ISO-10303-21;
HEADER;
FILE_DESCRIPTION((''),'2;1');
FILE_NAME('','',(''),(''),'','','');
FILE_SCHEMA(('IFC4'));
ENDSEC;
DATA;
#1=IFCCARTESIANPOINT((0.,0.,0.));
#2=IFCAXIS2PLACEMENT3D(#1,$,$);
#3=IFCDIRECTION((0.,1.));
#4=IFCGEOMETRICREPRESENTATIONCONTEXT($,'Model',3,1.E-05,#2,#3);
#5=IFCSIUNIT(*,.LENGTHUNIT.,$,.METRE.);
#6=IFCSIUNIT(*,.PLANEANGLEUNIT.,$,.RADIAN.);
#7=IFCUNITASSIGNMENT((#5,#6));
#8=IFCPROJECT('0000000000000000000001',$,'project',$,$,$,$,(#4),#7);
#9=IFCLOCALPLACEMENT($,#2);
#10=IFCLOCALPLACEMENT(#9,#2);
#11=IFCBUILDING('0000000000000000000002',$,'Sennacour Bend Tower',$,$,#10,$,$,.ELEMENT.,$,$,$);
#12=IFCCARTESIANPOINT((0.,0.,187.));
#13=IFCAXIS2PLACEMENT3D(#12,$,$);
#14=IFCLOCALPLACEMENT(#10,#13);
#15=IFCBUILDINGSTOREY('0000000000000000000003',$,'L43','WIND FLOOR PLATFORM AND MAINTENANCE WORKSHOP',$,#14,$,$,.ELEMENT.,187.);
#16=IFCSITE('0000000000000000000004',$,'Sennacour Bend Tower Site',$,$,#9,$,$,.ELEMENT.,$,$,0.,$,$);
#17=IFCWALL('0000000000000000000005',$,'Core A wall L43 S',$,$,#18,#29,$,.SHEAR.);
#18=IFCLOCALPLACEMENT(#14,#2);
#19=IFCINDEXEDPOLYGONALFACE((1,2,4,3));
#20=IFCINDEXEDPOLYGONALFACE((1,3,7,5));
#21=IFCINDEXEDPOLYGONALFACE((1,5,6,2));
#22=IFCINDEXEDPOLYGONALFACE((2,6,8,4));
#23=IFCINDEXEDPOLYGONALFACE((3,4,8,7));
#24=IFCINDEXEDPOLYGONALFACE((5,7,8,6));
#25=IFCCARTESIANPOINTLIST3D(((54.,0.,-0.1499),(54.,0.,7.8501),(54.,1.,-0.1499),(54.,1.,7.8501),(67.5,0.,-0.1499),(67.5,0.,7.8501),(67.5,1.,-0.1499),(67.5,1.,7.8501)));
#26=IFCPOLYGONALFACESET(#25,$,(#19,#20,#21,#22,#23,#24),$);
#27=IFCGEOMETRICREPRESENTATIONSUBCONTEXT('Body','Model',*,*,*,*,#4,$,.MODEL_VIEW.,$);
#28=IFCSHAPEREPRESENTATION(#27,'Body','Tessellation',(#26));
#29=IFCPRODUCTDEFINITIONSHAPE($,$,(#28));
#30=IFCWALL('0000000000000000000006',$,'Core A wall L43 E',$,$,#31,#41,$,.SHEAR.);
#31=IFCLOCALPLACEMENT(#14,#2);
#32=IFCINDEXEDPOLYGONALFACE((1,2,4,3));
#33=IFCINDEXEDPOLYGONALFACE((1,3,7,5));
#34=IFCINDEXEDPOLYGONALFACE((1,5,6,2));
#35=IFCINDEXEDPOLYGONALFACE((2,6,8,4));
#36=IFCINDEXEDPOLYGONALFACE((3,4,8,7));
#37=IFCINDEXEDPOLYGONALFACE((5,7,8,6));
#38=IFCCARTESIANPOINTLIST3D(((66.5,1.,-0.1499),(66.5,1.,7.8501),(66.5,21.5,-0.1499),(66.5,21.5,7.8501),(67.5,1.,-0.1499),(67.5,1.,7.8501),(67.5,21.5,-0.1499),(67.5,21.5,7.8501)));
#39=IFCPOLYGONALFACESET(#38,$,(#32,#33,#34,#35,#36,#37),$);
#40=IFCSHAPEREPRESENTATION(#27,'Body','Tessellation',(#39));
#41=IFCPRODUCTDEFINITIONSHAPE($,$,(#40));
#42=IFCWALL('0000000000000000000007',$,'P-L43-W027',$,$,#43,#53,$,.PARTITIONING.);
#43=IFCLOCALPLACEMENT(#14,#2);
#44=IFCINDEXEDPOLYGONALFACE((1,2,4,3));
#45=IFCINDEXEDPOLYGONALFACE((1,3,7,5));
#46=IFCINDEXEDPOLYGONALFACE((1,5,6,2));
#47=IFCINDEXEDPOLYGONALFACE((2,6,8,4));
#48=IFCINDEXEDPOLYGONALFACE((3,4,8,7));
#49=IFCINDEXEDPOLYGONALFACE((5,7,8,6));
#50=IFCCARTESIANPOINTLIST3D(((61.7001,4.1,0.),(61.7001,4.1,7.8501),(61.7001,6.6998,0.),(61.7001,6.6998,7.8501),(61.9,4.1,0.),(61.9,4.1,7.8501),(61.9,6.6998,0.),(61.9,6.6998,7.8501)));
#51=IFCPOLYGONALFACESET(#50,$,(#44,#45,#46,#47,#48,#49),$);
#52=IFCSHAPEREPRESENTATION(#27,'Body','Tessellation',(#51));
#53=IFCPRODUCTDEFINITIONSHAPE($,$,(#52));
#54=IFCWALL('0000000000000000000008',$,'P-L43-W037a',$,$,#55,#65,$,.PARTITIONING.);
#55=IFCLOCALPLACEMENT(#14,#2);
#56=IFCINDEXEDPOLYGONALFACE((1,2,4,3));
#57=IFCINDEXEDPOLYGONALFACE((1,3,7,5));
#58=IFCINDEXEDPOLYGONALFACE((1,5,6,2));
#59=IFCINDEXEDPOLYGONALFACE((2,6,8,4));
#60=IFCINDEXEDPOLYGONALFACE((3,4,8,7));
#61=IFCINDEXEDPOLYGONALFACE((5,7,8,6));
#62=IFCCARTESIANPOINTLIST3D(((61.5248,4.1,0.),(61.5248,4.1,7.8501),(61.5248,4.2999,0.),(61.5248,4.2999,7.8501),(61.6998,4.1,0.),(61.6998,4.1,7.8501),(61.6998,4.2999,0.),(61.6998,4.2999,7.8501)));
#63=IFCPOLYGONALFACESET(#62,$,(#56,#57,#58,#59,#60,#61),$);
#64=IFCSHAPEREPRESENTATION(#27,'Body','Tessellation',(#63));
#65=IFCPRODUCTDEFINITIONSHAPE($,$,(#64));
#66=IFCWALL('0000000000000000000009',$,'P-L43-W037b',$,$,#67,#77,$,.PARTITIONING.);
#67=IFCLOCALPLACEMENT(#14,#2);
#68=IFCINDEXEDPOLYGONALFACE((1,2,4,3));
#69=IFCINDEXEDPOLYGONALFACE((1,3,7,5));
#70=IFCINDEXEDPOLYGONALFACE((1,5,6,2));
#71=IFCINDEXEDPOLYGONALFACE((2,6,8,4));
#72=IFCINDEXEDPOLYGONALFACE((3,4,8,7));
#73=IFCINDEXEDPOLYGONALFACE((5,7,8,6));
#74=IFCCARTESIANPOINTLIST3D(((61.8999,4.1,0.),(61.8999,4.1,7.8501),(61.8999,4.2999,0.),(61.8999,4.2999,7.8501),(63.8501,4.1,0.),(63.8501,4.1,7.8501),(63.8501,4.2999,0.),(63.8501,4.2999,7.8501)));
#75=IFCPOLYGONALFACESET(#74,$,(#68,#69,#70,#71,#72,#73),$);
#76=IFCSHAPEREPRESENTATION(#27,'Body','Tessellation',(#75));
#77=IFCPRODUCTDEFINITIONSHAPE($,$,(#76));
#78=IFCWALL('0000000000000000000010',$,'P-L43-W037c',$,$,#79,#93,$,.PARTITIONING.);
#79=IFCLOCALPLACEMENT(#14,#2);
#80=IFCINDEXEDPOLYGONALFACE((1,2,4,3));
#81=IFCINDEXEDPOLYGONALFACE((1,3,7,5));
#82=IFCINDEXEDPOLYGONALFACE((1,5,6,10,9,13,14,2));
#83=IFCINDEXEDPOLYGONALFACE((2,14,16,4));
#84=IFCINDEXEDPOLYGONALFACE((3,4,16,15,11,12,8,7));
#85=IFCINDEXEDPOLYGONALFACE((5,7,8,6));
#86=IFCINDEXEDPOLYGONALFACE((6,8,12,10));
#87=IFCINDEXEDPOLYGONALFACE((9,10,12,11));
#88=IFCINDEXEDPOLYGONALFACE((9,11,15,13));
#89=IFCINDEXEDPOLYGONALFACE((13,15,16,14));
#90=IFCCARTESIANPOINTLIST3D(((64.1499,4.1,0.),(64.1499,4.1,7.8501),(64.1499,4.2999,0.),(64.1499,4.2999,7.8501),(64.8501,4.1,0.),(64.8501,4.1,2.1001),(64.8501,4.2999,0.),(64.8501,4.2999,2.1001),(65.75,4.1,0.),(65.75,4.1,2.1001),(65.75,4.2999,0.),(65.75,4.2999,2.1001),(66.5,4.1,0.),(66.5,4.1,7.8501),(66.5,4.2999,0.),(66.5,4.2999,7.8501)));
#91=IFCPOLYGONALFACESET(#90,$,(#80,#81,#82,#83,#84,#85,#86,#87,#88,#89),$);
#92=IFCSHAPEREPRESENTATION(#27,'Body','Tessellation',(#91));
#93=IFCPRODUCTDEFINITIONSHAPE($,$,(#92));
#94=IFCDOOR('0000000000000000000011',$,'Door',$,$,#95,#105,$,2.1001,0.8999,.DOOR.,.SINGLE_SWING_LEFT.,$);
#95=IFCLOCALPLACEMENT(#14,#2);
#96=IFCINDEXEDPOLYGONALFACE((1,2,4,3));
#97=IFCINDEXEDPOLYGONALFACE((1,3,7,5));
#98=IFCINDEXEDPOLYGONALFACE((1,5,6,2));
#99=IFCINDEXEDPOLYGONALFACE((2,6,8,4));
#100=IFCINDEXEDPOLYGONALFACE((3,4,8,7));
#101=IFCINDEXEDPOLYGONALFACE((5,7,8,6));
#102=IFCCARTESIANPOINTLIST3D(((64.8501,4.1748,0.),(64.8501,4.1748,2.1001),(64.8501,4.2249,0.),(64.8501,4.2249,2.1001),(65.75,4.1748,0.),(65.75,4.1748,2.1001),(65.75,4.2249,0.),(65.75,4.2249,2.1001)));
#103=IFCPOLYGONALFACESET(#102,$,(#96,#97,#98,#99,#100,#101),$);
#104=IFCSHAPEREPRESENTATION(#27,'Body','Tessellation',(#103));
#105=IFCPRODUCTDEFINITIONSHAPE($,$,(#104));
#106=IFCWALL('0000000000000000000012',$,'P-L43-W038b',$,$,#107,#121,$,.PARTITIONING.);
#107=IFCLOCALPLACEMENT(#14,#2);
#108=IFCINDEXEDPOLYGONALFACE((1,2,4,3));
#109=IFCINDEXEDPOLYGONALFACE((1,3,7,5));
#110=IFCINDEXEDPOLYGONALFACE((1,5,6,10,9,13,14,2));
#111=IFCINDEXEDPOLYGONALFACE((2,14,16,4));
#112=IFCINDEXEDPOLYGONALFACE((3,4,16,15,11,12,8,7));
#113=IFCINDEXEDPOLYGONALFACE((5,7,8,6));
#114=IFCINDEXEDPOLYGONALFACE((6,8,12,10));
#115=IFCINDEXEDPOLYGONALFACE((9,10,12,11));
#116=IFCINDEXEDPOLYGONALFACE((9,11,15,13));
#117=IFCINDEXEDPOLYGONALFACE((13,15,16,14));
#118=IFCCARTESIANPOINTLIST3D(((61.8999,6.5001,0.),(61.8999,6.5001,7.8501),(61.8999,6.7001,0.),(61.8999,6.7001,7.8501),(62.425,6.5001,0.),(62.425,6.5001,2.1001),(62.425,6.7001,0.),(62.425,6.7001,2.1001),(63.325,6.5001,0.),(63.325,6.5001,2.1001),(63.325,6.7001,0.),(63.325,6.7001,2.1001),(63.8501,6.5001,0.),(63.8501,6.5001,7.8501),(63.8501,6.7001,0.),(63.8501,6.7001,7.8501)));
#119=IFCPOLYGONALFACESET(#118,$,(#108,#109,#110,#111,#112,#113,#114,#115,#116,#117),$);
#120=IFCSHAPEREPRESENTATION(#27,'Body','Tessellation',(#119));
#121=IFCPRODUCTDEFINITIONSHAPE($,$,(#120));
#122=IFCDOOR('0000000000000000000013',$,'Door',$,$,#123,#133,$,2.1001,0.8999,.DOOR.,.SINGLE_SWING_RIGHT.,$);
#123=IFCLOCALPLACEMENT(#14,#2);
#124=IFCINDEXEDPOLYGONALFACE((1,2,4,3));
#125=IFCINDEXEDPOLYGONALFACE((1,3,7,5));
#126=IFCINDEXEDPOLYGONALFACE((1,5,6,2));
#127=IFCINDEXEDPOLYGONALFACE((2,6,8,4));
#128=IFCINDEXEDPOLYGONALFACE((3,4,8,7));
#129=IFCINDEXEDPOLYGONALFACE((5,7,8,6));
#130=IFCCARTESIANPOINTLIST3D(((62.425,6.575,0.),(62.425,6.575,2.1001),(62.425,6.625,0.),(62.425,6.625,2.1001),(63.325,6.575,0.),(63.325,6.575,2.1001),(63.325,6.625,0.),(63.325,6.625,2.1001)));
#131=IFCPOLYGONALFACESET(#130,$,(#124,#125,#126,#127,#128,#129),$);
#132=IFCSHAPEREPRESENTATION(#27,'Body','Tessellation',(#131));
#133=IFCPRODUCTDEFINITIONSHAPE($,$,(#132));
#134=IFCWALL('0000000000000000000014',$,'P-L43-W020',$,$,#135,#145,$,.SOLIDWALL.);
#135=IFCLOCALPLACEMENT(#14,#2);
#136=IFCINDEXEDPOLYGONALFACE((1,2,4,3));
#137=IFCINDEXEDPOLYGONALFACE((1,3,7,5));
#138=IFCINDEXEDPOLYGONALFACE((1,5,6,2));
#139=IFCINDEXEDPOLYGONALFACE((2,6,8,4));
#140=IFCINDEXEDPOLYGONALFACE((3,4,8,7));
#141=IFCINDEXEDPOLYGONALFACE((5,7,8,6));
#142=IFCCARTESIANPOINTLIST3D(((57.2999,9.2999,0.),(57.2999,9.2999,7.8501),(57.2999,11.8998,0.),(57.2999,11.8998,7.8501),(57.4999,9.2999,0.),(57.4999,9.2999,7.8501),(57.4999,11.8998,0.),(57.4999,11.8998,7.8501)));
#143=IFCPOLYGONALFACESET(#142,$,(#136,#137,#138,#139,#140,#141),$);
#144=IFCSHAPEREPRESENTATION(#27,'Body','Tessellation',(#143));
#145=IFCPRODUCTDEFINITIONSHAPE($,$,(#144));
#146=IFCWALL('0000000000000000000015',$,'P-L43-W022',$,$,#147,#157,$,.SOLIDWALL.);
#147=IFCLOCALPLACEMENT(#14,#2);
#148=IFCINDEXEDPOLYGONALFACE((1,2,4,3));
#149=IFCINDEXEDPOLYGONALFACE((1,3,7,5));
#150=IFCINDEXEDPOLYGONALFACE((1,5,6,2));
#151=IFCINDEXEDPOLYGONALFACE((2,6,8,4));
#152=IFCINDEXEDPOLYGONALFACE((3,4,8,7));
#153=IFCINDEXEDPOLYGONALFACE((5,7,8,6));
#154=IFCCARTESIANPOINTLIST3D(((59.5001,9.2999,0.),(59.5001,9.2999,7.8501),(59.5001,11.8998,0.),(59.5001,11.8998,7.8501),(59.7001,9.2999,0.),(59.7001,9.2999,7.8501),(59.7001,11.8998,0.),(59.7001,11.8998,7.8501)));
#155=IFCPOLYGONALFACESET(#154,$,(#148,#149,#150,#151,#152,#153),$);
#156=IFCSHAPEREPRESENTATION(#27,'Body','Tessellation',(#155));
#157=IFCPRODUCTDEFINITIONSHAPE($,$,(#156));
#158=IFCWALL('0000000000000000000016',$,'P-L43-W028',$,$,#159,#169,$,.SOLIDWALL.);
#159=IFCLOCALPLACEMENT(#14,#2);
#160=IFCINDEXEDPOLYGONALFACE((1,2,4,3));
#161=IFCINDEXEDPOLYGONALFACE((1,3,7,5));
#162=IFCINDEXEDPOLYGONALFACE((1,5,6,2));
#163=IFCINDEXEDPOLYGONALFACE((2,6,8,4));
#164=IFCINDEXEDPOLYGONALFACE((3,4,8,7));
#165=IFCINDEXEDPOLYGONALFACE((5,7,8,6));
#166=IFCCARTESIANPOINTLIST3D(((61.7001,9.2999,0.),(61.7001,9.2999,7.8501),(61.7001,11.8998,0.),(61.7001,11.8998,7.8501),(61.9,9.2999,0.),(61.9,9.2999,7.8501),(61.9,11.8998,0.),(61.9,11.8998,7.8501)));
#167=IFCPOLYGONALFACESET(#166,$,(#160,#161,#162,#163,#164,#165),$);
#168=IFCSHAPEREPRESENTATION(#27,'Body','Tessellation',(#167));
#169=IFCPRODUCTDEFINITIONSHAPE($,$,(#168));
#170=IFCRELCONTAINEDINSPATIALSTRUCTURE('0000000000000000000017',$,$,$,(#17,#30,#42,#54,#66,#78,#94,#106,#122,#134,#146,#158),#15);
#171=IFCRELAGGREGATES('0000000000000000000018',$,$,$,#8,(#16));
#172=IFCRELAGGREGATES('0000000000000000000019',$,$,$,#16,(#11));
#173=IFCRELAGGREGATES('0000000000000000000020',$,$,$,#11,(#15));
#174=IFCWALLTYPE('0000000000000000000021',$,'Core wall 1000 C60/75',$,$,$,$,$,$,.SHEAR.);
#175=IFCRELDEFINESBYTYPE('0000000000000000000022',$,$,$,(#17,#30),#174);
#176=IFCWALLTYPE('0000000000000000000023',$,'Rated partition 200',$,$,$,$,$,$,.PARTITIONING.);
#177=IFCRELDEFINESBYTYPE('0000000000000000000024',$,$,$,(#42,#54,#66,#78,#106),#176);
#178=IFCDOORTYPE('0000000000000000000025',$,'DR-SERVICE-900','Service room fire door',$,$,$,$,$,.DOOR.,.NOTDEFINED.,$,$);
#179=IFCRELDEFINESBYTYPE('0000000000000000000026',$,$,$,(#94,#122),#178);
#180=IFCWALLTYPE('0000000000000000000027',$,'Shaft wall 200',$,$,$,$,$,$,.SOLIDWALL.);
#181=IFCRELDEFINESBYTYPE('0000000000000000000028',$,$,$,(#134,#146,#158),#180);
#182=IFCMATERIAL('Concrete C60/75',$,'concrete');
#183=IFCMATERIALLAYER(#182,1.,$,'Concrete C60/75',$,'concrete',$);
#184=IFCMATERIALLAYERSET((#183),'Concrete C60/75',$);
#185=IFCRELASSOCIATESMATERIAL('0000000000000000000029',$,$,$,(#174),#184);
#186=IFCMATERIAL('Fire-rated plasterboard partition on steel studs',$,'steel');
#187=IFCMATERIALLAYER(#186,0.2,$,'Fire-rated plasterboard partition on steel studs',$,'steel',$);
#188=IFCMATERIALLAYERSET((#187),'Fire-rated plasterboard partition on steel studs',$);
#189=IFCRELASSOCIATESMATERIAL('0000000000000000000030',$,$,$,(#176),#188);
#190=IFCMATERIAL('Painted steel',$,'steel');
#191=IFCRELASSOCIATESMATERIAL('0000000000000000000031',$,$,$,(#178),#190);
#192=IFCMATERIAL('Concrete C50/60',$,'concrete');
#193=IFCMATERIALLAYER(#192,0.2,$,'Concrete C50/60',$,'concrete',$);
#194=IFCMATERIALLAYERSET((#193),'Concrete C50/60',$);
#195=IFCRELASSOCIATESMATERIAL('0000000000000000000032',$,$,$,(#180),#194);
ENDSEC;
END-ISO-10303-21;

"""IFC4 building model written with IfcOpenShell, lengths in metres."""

from ifc_helpers import new_model, si_unit, direction, frame, frame_2d, origin, place, context, subcontext, project, spatial, rectangle, extrude, material, layer, layer_set, type_object, element, fill, save


model = new_model("IFC4")

# Units and contexts
model_context = context("Model", 3, precision=1e-05, world=origin(), true_north=direction((0.0, 1.0)))
body_context = subcontext(model_context, "Body", "Model", "MODEL_VIEW")
ifc_project = project(units=[si_unit("LENGTHUNIT", "METRE"), si_unit("PLANEANGLEUNIT", "RADIAN")], contexts=[model_context])

# Site, building, storey
site_placement = place(None, origin())
site = spatial("IfcSite", under=ifc_project, at=site_placement, Name="Sennacour Bend Tower Site", CompositionType="ELEMENT", RefElevation=0.0)
building_placement = place(site_placement, origin())
building = spatial("IfcBuilding", under=site, at=building_placement, Name="Sennacour Bend Tower", CompositionType="ELEMENT")
storey_placement = place(building_placement, frame((0.0, 0.0, 187.0)))
storey = spatial("IfcBuildingStorey", under=building, at=storey_placement, Name="L43", Description="WIND FLOOR PLATFORM AND MAINTENANCE WORKSHOP", CompositionType="ELEMENT", Elevation=187.0)

# Walls
ifc_material_1 = material(Name="Concrete C60/75", Category="concrete")
ifc_layer_1 = layer(ifc_material_1, 1.0, Name="Concrete C60/75", Category="concrete")
ifc_layer_set_1 = layer_set([ifc_layer_1], Name="Concrete C60/75")
wall_type_1 = type_object("IfcWallType", Name="Core wall 1000 C60/75", PredefinedType="SHEAR", material=ifc_layer_set_1)
wall_1_placement = place(storey_placement, frame((67.5, 0.5, -0.1499), z_axis=(0.0, 0.0, 1.0), x_axis=(-1.0, 0.0, 0.0)))
element("IfcWall", 1, at=wall_1_placement, inside=storey, type_object=wall_type_1, Name="Core A wall L43 S", PredefinedType="SHEAR", context=body_context, shape_type="SweptSolid", body=[
    extrude(rectangle(XDim=13.5, YDim=1.0, at=frame_2d((6.75, 0.0))), origin(), (0.0, 0.0, 1.0), 8.0),
])
wall_2_placement = place(storey_placement, frame((67.0, 1.0, -0.1499), z_axis=(0.0, 0.0, 1.0), x_axis=(0.0, 1.0, 0.0)))
element("IfcWall", 2, at=wall_2_placement, inside=storey, type_object=wall_type_1, Name="Core A wall L43 E", PredefinedType="SHEAR", context=body_context, shape_type="SweptSolid", body=[
    extrude(rectangle(XDim=20.5, YDim=1.0, at=frame_2d((10.25, 0.0))), origin(), (0.0, 0.0, 1.0), 8.0),
])
ifc_material_2 = material(Name="Fire-rated plasterboard partition on steel studs", Category="steel")
ifc_layer_2 = layer(ifc_material_2, 0.2, Name="Fire-rated plasterboard partition on steel studs", Category="steel")
ifc_layer_set_2 = layer_set([ifc_layer_2], Name="Fire-rated plasterboard partition on steel studs")
wall_type_2 = type_object("IfcWallType", Name="Rated partition 200", PredefinedType="PARTITIONING", material=ifc_layer_set_2)
wall_3_placement = place(storey_placement, frame((61.8, 4.1001, 0.0), z_axis=(0.0, 0.0, 1.0), x_axis=(0.0, 1.0, 0.0)))
element("IfcWall", 3, at=wall_3_placement, inside=storey, type_object=wall_type_2, Name="P-L43-W027", PredefinedType="PARTITIONING", context=body_context, shape_type="SweptSolid", body=[
    extrude(rectangle(XDim=2.5999, YDim=0.2, at=frame_2d((1.2998, 0.0))), origin(), (0.0, 0.0, 1.0), 7.8501),
])
wall_4_placement = place(storey_placement, frame((61.5249, 4.2, 0.0), z_axis=(0.0, 0.0, 1.0), x_axis=(1.0, 0.0, 0.0)))
element("IfcWall", 4, at=wall_4_placement, inside=storey, type_object=wall_type_2, Name="P-L43-W037a", PredefinedType="PARTITIONING", context=body_context, shape_type="SweptSolid", body=[
    extrude(rectangle(XDim=0.175, YDim=0.2, at=frame_2d((0.0874, 0.0))), origin(), (0.0, 0.0, 1.0), 7.8501),
])
wall_5_placement = place(storey_placement, frame((61.8999, 4.2, 0.0), z_axis=(0.0, 0.0, 1.0), x_axis=(1.0, 0.0, 0.0)))
element("IfcWall", 5, at=wall_5_placement, inside=storey, type_object=wall_type_2, Name="P-L43-W037b", PredefinedType="PARTITIONING", context=body_context, shape_type="SweptSolid", body=[
    extrude(rectangle(XDim=1.9502, YDim=0.2, at=frame_2d((0.9751, 0.0))), origin(), (0.0, 0.0, 1.0), 7.8501),
])

# Walls, openings, doors
wall_6_placement = place(storey_placement, frame((64.1499, 4.2, 0.0), z_axis=(0.0, 0.0, 1.0), x_axis=(1.0, 0.0, 0.0)))
wall_6 = element("IfcWall", 6, at=wall_6_placement, inside=storey, type_object=wall_type_2, Name="P-L43-W037c", PredefinedType="PARTITIONING", context=body_context, shape_type="SweptSolid", body=[
    extrude(rectangle(XDim=2.3501, YDim=0.2, at=frame_2d((1.175, 0.0))), origin(), (0.0, 0.0, 1.0), 7.8501),
])
opening_1_placement = place(wall_6_placement, frame((0.7002, 0.0, 0.0)))
opening_1 = element("IfcOpeningElement", 7, at=opening_1_placement, cuts=wall_6, PredefinedType="OPENING", context=body_context, shape_type="SweptSolid", body=[
    extrude(rectangle(XDim=0.8999, YDim=2.1001, at=frame_2d((0.45, 1.05))), frame((0.0, 0.1099, 0.0), z_axis=(0.0, -1.0, 0.0), x_axis=(1.0, 0.0, 0.0)), (0.0, 0.0, 1.0), 0.22),
])
ifc_material_3 = material(Name="Painted steel", Category="steel")
door_type_1 = type_object("IfcDoorType", Name="DR-SERVICE-900", Description="Service room fire door", OperationType="NOTDEFINED", PredefinedType="DOOR", material=ifc_material_3)
door_1_placement = place(opening_1_placement, origin())
door_1 = element("IfcDoor", 8, at=door_1_placement, inside=storey, type_object=door_type_1, Name="Door", OperationType="SINGLE_SWING_LEFT", OverallHeight=2.1001, OverallWidth=0.8999, PredefinedType="DOOR", context=body_context, shape_type="SweptSolid", body=[
    extrude(rectangle(XDim=0.8999, YDim=2.1001, at=frame_2d((0.45, 1.05))), frame((0.0, 0.0249, 0.0), z_axis=(0.0, -1.0, 0.0), x_axis=(1.0, 0.0, 0.0)), (0.0, 0.0, 1.0), 0.05),
])
fill(opening_1, door_1)
wall_7_placement = place(storey_placement, frame((61.8999, 6.6001, 0.0), z_axis=(0.0, 0.0, 1.0), x_axis=(1.0, 0.0, 0.0)))
wall_7 = element("IfcWall", 9, at=wall_7_placement, inside=storey, type_object=wall_type_2, Name="P-L43-W038b", PredefinedType="PARTITIONING", context=body_context, shape_type="SweptSolid", body=[
    extrude(rectangle(XDim=1.9502, YDim=0.2, at=frame_2d((0.9751, 0.0))), origin(), (0.0, 0.0, 1.0), 7.8501),
])
opening_2_placement = place(wall_7_placement, frame((0.5251, 0.0, 0.0)))
opening_2 = element("IfcOpeningElement", 10, at=opening_2_placement, cuts=wall_7, PredefinedType="OPENING", context=body_context, shape_type="SweptSolid", body=[
    extrude(rectangle(XDim=0.8999, YDim=2.1001, at=frame_2d((0.45, 1.05))), frame((0.0, 0.1099, 0.0), z_axis=(0.0, -1.0, 0.0), x_axis=(1.0, 0.0, 0.0)), (0.0, 0.0, 1.0), 0.22),
])
door_2_placement = place(opening_2_placement, origin())
door_2 = element("IfcDoor", 11, at=door_2_placement, inside=storey, type_object=door_type_1, Name="Door", OperationType="SINGLE_SWING_RIGHT", OverallHeight=2.1001, OverallWidth=0.8999, PredefinedType="DOOR", context=body_context, shape_type="SweptSolid", body=[
    extrude(rectangle(XDim=0.8999, YDim=2.1001, at=frame_2d((0.45, 1.05))), frame((0.0, 0.0249, 0.0), z_axis=(0.0, -1.0, 0.0), x_axis=(1.0, 0.0, 0.0)), (0.0, 0.0, 1.0), 0.05),
])
fill(opening_2, door_2)

# Walls
ifc_material_4 = material(Name="Concrete C50/60", Category="concrete")
ifc_layer_3 = layer(ifc_material_4, 0.2, Name="Concrete C50/60", Category="concrete")
ifc_layer_set_3 = layer_set([ifc_layer_3], Name="Concrete C50/60")
wall_type_3 = type_object("IfcWallType", Name="Shaft wall 200", PredefinedType="SOLIDWALL", material=ifc_layer_set_3)
for number, where, z_axis, x_axis, name in (
    (12, (57.3999, 9.3, 0.0), (0.0, 0.0, 1.0), (0.0, 1.0, 0.0), "P-L43-W020"),
    (13, (59.6001, 9.3, 0.0), (0.0, 0.0, 1.0), (0.0, 1.0, 0.0), "P-L43-W022"),
    (14, (61.8, 9.3, 0.0), (0.0, 0.0, 1.0), (0.0, 1.0, 0.0), "P-L43-W028"),
):
    element("IfcWall", number, at=place(storey_placement, frame(where, z_axis=z_axis, x_axis=x_axis)), inside=storey, type_object=wall_type_3, Name=name, PredefinedType="SOLIDWALL", context=body_context, shape_type="SweptSolid", body=[
        extrude(rectangle(XDim=2.5999, YDim=0.2, at=frame_2d((1.2998, 0.0))), origin(), (0.0, 0.0, 1.0), 7.8501),
    ])

save(model, "model.ifc")
